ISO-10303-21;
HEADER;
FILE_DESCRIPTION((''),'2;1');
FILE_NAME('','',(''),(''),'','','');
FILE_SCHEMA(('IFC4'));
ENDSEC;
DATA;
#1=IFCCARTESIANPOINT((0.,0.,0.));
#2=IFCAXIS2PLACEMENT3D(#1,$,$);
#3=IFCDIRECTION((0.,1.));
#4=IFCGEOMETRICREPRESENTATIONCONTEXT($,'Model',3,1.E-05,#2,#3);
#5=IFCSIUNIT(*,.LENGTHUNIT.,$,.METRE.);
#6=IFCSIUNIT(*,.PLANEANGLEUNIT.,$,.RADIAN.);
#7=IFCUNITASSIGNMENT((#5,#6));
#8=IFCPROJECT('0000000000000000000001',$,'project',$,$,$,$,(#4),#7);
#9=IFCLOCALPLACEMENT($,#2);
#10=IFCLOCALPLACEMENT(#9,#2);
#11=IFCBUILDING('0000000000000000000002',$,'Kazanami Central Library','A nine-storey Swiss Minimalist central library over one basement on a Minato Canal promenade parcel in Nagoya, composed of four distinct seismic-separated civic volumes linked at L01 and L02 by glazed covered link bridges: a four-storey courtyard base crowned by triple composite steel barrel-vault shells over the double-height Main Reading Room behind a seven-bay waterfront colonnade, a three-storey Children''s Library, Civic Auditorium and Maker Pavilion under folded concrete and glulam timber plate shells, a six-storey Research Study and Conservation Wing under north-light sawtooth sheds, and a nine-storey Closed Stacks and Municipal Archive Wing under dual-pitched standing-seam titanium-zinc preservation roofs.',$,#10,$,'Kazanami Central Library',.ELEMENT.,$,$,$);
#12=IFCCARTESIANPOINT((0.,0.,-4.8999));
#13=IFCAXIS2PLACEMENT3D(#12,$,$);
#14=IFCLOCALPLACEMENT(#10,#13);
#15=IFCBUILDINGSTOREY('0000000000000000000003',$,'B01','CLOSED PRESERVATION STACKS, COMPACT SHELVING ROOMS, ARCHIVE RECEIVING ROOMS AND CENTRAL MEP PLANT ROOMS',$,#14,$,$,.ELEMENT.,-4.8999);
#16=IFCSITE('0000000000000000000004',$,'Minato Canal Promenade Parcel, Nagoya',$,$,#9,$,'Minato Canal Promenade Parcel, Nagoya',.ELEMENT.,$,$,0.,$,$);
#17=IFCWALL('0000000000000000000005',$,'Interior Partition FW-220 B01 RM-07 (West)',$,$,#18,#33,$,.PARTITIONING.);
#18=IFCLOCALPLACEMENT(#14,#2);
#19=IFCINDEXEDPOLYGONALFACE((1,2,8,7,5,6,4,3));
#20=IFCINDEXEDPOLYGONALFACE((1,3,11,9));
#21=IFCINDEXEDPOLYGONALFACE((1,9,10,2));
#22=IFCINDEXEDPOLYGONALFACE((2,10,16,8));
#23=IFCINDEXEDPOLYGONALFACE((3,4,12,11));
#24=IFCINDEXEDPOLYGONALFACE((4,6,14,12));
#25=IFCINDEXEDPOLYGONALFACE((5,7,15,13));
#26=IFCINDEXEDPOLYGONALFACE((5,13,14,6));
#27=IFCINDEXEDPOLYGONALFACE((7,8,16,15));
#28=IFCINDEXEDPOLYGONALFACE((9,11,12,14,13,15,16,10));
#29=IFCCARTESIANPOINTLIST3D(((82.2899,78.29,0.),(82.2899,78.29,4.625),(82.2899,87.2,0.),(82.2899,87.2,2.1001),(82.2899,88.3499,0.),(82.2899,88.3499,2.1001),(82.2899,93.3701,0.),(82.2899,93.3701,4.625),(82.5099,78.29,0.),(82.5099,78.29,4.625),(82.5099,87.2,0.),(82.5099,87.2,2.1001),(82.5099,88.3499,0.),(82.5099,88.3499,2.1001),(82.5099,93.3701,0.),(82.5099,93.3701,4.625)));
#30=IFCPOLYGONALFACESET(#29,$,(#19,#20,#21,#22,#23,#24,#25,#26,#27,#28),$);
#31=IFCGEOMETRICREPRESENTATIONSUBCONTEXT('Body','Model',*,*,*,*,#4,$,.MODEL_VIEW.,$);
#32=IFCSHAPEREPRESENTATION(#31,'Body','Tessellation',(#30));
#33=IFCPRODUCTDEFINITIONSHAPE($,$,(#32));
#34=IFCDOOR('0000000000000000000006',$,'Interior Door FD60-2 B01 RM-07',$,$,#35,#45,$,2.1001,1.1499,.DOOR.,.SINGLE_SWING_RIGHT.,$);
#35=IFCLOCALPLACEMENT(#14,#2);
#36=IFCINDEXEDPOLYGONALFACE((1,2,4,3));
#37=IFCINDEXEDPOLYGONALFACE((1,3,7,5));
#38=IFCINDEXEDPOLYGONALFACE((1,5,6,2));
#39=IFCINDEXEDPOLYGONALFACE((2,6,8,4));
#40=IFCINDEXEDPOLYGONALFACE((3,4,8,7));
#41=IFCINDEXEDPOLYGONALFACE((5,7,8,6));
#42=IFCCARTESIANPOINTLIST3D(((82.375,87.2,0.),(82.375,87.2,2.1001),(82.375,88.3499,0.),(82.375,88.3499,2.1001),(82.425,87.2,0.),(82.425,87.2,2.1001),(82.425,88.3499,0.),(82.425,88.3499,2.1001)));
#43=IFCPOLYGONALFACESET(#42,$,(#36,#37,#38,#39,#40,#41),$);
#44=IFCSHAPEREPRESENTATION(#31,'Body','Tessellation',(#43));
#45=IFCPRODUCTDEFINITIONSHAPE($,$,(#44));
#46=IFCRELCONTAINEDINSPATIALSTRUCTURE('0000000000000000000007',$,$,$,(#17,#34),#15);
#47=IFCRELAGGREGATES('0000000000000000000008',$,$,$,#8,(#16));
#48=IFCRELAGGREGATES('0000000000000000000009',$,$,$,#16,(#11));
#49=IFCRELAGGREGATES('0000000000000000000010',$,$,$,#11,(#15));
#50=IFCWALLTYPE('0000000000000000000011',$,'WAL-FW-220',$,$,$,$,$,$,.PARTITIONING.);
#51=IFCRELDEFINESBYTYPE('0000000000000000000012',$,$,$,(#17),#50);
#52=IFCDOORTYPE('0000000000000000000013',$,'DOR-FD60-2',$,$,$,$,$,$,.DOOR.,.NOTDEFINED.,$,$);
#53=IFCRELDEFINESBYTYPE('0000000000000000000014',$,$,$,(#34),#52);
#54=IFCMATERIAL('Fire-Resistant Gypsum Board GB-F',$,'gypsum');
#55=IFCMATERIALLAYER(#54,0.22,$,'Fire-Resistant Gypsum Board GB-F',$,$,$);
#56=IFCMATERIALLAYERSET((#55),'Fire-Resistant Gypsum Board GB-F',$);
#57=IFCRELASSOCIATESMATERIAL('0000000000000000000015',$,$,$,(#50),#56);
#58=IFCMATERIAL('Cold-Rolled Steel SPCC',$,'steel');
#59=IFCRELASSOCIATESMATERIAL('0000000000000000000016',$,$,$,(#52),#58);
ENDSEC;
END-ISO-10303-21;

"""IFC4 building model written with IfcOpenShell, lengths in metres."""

from ifc_helpers import new_model, si_unit, direction, frame, frame_2d, origin, place, context, subcontext, project, spatial, rectangle, extrude, material, layer, layer_set, type_object, element, fill, save


model = new_model("IFC4")

# Units and contexts
model_context = context("Model", 3, precision=1e-05, world=origin(), true_north=direction((0.0, 1.0)))
body_context = subcontext(model_context, "Body", "Model", "MODEL_VIEW")
ifc_project = project(units=[si_unit("LENGTHUNIT", "METRE"), si_unit("PLANEANGLEUNIT", "RADIAN")], contexts=[model_context])

# Site, building, storey
site_placement = place(None, origin())
site = spatial("IfcSite", under=ifc_project, at=site_placement, Name="Minato Canal Promenade Parcel, Nagoya", LongName="Minato Canal Promenade Parcel, Nagoya", CompositionType="ELEMENT", RefElevation=0.0)
building_placement = place(site_placement, origin())
building = spatial("IfcBuilding", under=site, at=building_placement, Name="Kazanami Central Library", Description="A nine-storey Swiss Minimalist central library over one basement on a Minato Canal promenade parcel in Nagoya, composed of four distinct seismic-separated civic volumes linked at L01 and L02 by glazed covered link bridges: a four-storey courtyard base crowned by triple composite steel barrel-vault shells over the double-height Main Reading Room behind a seven-bay waterfront colonnade, a three-storey Children's Library, Civic Auditorium and Maker Pavilion under folded concrete and glulam timber plate shells, a six-storey Research Study and Conservation Wing under north-light sawtooth sheds, and a nine-storey Closed Stacks and Municipal Archive Wing under dual-pitched standing-seam titanium-zinc preservation roofs.", LongName="Kazanami Central Library", CompositionType="ELEMENT")
storey_placement = place(building_placement, frame((0.0, 0.0, -4.8999)))
storey = spatial("IfcBuildingStorey", under=building, at=storey_placement, Name="B01", Description="CLOSED PRESERVATION STACKS, COMPACT SHELVING ROOMS, ARCHIVE RECEIVING ROOMS AND CENTRAL MEP PLANT ROOMS", CompositionType="ELEMENT", Elevation=-4.8999)

# Wall, opening, door
ifc_material_1 = material(Name="Fire-Resistant Gypsum Board GB-F", Category="gypsum")
ifc_material_2 = material(Name="Cold-Rolled Steel SPCC", Category="steel")
ifc_layer_1 = layer(ifc_material_1, 0.22, Name="Fire-Resistant Gypsum Board GB-F")
ifc_layer_set_1 = layer_set([ifc_layer_1], Name="Fire-Resistant Gypsum Board GB-F")
wall_type_1 = type_object("IfcWallType", Name="WAL-FW-220", PredefinedType="PARTITIONING", material=ifc_layer_set_1)
wall_1_placement = place(storey_placement, frame((82.3999, 78.29, 0.0), z_axis=(0.0, 0.0, 1.0), x_axis=(0.0, 1.0, 0.0)))
wall_1 = element("IfcWall", 1, at=wall_1_placement, inside=storey, type_object=wall_type_1, Name="Interior Partition FW-220 B01 RM-07 (West)", PredefinedType="PARTITIONING", context=body_context, shape_type="SweptSolid", body=[
    extrude(rectangle(XDim=15.0801, YDim=0.22, at=frame_2d((7.54, 0.0))), origin(), (0.0, 0.0, 1.0), 4.625),
])
opening_1_placement = place(wall_1_placement, frame((8.9099, 0.0, 0.0)))
opening_1 = element("IfcOpeningElement", 2, at=opening_1_placement, cuts=wall_1, PredefinedType="OPENING", context=body_context, shape_type="SweptSolid", body=[
    extrude(rectangle(XDim=1.1499, YDim=2.1001, at=frame_2d((0.575, 1.05))), frame((0.0, 0.1221, 0.0), z_axis=(0.0, -1.0, 0.0), x_axis=(1.0, 0.0, 0.0)), (0.0, 0.0, 1.0), 0.2439),
])
door_type_1 = type_object("IfcDoorType", Name="DOR-FD60-2", OperationType="NOTDEFINED", PredefinedType="DOOR", material=ifc_material_2)
door_1_placement = place(opening_1_placement, origin())
door_1 = element("IfcDoor", 3, at=door_1_placement, inside=storey, type_object=door_type_1, Name="Interior Door FD60-2 B01 RM-07", OperationType="SINGLE_SWING_RIGHT", OverallHeight=2.1001, OverallWidth=1.1499, PredefinedType="DOOR", context=body_context, shape_type="SweptSolid", body=[
    extrude(rectangle(XDim=1.1499, YDim=2.1001, at=frame_2d((0.575, 1.05))), frame((0.0, 0.0249, 0.0), z_axis=(0.0, -1.0, 0.0), x_axis=(1.0, 0.0, 0.0)), (0.0, 0.0, 1.0), 0.05),
])
fill(opening_1, door_1)

save(model, "model.ifc")
